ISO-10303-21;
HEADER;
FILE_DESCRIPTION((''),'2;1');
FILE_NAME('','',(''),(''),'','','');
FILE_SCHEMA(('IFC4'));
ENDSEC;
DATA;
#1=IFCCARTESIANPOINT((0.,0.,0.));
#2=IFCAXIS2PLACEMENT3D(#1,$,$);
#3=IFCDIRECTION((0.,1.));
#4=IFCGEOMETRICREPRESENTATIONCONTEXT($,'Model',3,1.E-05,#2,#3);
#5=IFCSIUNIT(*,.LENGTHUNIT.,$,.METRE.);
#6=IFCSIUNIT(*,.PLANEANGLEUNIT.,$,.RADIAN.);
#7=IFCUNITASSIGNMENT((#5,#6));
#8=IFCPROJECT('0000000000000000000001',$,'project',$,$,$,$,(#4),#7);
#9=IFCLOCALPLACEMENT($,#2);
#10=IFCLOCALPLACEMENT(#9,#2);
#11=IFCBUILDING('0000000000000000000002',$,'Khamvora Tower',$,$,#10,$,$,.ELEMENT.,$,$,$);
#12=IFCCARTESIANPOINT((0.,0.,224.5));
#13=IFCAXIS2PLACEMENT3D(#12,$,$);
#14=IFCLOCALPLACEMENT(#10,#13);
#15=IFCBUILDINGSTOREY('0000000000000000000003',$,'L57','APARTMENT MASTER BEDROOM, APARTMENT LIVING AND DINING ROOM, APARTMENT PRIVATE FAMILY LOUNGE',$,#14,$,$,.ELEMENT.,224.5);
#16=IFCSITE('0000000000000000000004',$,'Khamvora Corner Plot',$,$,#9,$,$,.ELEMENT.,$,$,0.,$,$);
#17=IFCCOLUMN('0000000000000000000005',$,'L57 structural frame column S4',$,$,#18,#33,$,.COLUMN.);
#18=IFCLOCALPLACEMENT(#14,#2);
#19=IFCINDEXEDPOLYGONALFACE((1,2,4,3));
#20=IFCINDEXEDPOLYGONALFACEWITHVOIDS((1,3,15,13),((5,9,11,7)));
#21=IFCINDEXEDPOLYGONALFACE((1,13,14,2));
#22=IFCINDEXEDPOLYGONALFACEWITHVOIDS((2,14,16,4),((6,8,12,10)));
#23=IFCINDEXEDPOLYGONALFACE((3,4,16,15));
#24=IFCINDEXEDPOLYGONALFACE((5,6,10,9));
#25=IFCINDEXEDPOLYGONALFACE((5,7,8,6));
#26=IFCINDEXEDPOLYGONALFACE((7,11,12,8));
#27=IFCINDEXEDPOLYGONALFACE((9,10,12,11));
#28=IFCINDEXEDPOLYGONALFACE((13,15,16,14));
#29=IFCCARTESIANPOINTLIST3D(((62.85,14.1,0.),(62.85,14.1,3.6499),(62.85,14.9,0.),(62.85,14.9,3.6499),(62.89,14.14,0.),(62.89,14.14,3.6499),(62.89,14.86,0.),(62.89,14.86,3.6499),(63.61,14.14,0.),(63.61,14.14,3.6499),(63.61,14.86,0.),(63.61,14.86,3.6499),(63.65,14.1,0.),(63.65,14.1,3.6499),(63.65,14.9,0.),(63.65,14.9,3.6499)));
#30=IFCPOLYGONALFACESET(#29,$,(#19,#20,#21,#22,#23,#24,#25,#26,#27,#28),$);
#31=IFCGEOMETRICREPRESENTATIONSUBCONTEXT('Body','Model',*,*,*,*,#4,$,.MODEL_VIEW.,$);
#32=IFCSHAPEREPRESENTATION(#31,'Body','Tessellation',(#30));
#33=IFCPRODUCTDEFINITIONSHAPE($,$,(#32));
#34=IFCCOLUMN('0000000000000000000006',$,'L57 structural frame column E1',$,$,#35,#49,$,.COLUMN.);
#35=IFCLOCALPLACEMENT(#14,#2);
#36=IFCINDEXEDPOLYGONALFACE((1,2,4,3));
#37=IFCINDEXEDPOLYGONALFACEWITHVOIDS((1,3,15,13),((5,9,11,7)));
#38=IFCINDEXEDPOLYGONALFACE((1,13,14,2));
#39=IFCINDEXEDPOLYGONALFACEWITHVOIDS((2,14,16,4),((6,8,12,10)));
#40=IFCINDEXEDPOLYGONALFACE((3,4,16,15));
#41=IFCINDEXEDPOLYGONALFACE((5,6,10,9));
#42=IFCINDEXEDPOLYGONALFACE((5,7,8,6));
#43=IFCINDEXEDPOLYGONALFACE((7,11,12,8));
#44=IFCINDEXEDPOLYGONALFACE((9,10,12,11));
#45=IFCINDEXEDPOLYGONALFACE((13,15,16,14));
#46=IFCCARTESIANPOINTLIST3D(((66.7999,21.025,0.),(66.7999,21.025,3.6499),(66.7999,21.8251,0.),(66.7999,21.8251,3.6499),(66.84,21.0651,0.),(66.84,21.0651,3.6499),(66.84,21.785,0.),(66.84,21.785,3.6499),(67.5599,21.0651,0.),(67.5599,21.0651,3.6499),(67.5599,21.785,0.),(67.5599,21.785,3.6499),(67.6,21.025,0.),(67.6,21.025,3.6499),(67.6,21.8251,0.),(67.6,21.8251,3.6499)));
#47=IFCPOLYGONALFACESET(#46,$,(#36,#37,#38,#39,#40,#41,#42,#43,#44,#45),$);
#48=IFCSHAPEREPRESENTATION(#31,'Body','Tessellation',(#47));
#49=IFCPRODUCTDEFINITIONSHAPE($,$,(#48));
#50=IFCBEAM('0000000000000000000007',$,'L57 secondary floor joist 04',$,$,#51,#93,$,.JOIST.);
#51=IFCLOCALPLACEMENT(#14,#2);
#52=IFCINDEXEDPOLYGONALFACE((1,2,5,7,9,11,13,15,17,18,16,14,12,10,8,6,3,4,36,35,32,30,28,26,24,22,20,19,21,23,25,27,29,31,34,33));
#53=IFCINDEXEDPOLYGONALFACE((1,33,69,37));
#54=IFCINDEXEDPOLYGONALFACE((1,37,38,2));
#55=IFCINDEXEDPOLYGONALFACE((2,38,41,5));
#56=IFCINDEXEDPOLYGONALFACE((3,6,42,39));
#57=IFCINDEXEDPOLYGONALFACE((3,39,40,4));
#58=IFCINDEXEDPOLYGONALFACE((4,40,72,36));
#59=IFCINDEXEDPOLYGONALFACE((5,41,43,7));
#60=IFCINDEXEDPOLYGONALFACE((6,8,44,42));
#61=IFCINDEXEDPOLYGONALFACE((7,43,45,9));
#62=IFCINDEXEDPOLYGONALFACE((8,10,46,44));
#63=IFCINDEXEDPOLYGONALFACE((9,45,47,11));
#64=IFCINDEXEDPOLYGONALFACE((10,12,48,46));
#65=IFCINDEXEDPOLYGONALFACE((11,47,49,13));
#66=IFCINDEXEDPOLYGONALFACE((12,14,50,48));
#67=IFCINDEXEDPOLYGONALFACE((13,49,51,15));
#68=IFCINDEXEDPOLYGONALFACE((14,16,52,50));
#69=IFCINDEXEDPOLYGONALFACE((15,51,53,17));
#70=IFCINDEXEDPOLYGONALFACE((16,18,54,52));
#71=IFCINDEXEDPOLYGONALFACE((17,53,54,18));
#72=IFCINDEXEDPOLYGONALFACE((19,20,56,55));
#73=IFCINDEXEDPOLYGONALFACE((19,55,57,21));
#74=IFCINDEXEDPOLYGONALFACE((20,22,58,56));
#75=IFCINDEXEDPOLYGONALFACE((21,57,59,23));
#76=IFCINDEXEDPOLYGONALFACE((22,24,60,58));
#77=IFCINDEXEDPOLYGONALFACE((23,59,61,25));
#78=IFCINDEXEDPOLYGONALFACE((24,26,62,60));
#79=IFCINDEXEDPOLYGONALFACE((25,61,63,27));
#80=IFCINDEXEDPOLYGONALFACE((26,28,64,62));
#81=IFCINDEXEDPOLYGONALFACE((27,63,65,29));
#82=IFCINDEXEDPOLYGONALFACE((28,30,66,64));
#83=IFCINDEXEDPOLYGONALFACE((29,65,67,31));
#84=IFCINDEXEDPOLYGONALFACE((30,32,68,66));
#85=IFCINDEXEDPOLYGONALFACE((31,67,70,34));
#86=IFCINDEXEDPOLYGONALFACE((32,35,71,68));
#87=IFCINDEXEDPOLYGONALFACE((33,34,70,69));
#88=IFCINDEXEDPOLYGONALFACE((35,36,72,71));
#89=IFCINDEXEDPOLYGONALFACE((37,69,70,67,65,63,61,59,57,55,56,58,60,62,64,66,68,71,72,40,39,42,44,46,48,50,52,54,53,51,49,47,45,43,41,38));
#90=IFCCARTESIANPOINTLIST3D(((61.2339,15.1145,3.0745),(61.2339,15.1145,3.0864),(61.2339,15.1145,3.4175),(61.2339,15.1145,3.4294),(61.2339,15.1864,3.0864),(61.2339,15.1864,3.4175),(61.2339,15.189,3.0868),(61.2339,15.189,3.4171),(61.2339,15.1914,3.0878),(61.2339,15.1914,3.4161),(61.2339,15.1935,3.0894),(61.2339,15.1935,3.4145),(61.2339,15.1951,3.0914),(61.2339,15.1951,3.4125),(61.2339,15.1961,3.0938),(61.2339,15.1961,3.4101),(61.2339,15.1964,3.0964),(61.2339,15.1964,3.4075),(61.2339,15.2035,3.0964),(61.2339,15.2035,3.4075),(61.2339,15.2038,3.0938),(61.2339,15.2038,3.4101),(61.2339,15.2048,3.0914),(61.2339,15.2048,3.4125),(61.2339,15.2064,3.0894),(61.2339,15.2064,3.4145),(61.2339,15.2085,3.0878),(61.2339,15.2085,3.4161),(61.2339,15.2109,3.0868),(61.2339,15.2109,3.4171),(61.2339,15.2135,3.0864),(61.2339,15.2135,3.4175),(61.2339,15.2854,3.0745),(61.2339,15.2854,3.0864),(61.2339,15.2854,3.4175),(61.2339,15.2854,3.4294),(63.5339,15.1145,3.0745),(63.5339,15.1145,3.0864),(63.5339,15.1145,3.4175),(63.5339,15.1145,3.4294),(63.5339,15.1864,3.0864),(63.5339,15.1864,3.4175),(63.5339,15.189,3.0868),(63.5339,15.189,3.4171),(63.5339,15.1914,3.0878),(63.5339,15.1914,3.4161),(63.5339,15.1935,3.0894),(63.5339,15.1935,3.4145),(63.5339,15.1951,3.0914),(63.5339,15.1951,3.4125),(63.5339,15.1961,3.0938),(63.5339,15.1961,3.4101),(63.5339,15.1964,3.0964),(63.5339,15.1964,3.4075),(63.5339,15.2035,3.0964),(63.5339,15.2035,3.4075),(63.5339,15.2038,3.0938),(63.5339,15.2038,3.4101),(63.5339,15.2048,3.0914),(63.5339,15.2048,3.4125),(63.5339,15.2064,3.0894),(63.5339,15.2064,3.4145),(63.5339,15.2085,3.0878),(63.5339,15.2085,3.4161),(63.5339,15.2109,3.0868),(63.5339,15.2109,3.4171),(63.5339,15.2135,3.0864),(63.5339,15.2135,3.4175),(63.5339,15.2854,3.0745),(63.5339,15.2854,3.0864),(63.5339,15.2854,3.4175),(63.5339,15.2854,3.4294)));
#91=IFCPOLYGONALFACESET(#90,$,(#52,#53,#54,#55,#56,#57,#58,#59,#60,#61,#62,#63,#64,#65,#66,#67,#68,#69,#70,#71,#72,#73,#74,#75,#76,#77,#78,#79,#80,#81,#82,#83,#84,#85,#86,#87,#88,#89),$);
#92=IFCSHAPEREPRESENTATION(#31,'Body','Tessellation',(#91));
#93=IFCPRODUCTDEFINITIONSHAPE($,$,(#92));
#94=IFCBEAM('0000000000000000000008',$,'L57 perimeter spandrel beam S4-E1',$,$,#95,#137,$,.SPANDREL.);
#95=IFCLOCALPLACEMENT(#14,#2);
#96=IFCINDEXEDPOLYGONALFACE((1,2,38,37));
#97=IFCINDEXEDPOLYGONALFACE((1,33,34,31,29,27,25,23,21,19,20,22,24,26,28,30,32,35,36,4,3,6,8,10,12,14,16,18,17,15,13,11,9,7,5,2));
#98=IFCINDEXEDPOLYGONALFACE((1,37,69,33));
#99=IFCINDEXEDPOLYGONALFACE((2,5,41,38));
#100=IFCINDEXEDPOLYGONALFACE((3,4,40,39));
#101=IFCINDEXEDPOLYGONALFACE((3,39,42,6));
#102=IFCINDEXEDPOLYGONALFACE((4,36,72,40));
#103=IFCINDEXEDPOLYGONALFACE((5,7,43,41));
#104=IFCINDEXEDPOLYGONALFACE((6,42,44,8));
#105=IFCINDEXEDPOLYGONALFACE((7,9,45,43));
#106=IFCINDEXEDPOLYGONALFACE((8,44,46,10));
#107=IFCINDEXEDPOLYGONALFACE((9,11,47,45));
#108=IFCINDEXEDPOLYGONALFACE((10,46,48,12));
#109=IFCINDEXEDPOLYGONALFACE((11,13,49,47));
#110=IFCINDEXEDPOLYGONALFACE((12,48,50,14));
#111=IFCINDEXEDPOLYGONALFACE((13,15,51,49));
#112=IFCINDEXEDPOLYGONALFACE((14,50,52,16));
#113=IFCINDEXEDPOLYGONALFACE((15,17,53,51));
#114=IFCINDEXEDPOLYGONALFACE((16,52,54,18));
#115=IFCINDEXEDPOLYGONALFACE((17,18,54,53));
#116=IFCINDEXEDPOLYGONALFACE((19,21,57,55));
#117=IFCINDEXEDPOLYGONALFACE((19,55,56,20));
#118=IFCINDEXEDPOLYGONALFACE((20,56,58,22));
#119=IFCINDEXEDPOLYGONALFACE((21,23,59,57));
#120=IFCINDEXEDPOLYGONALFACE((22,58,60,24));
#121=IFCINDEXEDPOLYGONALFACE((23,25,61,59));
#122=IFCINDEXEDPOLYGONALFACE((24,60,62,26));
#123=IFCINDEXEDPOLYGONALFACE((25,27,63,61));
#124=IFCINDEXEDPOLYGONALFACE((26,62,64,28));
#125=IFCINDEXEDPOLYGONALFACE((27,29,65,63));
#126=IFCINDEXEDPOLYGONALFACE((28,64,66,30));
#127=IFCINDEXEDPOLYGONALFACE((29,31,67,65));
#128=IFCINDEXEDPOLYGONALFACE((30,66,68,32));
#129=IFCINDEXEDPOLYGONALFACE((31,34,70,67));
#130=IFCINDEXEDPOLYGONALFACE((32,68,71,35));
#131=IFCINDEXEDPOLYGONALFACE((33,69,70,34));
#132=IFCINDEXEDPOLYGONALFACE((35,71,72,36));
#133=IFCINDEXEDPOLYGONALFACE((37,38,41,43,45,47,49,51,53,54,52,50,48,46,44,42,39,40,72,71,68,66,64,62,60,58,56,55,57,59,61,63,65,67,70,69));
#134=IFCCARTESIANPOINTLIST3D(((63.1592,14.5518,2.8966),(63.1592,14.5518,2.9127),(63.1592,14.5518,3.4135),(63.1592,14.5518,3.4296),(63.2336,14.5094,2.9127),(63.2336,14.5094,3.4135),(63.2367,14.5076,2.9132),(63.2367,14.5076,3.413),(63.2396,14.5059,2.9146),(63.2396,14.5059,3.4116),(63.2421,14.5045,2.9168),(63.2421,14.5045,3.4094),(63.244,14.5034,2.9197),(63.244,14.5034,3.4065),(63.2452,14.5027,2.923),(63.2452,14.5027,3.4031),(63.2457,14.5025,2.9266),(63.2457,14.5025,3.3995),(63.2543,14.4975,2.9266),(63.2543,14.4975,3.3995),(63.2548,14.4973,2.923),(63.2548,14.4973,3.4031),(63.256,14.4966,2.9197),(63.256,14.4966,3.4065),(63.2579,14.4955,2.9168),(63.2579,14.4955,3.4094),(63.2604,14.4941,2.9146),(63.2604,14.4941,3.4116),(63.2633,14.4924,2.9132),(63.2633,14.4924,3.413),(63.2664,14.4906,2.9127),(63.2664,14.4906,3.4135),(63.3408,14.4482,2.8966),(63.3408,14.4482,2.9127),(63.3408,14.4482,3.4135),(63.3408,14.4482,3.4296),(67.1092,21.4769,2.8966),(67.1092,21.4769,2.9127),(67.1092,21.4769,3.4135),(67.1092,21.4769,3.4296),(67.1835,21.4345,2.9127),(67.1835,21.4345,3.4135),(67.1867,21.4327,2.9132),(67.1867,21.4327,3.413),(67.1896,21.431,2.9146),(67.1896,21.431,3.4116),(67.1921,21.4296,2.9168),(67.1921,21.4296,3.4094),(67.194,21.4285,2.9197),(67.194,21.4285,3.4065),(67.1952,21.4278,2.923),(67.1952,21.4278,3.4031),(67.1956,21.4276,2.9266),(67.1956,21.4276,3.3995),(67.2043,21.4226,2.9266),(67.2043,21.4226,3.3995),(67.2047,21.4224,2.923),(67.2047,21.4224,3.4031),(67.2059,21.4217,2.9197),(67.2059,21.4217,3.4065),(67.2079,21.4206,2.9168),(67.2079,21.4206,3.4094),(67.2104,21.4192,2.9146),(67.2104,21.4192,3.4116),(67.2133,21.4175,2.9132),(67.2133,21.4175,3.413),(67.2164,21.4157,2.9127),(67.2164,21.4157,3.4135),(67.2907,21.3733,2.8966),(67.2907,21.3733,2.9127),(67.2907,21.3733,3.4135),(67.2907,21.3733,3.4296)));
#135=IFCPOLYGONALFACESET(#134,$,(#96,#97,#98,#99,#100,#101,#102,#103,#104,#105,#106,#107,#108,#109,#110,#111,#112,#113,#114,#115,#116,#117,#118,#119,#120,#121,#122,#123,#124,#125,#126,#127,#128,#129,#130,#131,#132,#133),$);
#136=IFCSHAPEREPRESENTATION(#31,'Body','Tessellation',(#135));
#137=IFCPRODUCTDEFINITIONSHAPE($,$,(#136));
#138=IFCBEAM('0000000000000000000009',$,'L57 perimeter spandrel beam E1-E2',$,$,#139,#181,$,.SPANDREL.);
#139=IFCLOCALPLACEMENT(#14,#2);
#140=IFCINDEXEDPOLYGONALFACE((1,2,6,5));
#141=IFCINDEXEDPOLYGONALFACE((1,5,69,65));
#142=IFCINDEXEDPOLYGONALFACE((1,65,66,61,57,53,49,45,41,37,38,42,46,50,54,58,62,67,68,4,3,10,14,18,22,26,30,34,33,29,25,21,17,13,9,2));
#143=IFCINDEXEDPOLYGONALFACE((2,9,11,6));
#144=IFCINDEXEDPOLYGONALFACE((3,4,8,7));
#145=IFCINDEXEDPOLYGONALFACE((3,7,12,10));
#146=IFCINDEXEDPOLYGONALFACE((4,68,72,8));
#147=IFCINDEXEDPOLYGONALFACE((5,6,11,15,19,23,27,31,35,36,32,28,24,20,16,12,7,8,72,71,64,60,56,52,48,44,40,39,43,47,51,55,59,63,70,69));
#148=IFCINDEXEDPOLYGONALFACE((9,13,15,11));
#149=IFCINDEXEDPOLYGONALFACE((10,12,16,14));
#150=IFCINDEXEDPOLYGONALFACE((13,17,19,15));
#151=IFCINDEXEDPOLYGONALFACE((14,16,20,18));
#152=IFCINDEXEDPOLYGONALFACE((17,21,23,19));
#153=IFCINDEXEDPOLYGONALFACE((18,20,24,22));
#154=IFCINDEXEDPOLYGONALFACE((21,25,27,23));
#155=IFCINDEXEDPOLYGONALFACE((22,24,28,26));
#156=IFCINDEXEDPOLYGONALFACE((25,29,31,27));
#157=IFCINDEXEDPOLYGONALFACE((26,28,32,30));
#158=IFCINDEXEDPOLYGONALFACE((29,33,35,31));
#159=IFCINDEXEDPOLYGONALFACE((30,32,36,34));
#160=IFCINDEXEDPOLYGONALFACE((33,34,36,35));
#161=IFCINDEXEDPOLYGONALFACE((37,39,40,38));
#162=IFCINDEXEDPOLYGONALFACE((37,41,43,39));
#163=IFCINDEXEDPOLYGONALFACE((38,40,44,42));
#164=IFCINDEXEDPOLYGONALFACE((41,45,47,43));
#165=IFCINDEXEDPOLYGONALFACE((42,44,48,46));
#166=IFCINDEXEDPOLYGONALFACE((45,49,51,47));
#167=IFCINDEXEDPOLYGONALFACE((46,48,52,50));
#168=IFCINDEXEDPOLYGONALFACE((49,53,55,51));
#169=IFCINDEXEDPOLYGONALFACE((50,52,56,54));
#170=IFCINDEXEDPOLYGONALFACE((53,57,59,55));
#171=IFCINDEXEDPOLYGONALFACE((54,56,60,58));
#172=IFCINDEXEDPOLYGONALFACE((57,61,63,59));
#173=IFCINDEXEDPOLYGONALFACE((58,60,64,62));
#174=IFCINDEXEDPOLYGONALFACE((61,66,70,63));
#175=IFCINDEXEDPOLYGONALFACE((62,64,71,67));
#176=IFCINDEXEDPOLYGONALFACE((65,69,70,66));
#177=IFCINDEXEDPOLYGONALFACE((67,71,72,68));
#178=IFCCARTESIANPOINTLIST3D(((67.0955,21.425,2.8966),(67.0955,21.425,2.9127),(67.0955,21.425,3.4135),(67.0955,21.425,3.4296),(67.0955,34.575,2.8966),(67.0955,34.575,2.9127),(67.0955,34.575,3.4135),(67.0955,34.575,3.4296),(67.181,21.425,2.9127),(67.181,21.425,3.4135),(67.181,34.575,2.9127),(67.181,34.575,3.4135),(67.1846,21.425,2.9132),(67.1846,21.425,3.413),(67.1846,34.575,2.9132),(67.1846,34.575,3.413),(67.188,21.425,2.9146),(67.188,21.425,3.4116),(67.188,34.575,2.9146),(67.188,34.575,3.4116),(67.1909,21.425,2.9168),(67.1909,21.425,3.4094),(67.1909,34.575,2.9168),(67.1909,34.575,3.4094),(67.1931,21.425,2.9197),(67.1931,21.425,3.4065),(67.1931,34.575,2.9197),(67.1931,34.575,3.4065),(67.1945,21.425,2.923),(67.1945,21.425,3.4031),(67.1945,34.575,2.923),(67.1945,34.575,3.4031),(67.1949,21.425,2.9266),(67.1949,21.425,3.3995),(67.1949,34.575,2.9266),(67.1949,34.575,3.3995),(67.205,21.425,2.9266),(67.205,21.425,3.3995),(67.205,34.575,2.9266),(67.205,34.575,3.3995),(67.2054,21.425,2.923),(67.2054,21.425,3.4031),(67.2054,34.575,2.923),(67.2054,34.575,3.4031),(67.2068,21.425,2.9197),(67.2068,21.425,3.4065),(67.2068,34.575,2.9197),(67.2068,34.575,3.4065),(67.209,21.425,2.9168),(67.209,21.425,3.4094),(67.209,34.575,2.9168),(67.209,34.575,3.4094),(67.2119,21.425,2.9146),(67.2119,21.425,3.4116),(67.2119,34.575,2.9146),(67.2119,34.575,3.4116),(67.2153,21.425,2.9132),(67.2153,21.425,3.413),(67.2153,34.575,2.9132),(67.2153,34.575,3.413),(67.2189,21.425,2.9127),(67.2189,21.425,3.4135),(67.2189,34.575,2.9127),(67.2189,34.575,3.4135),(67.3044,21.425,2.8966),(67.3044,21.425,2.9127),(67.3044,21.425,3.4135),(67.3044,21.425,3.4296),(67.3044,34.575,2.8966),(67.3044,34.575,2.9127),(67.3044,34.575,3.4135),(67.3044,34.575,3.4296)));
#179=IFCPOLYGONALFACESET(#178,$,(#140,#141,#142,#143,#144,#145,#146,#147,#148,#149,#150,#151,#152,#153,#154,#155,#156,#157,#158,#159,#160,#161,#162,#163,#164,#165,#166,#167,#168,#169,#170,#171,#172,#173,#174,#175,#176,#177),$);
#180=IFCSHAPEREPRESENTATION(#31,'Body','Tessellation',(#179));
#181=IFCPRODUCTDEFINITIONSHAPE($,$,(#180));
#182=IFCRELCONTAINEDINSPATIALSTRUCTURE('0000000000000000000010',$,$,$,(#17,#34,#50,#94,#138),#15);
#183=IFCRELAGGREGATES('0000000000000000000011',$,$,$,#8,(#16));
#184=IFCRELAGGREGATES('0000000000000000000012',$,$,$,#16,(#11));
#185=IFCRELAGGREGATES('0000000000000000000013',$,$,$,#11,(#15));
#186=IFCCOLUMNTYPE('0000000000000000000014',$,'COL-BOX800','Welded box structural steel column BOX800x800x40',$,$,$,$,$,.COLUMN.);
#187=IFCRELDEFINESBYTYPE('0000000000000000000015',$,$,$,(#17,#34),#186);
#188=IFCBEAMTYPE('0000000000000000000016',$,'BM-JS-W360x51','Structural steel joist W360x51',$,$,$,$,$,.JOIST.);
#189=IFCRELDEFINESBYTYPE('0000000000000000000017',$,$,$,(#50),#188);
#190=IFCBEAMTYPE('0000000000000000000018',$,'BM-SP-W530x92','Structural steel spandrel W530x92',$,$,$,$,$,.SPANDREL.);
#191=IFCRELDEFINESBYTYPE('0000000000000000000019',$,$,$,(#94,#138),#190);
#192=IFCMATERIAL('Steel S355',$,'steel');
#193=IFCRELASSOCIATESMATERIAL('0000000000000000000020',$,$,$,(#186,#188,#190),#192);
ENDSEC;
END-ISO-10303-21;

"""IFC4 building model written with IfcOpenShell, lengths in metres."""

from ifc_helpers import new_model, si_unit, direction, frame, origin, origin_2d, place, context, subcontext, project, spatial, hollow_rectangle, i_section, extrude, material, material_profile, profile_set, type_object, element, save


model = new_model("IFC4")

# Units and contexts
model_context = context("Model", 3, precision=1e-05, world=origin(), true_north=direction((0.0, 1.0)))
body_context = subcontext(model_context, "Body", "Model", "MODEL_VIEW")
ifc_project = project(units=[si_unit("LENGTHUNIT", "METRE"), si_unit("PLANEANGLEUNIT", "RADIAN")], contexts=[model_context])

# Site, building, storey
site_placement = place(None, origin())
site = spatial("IfcSite", under=ifc_project, at=site_placement, Name="Khamvora Corner Plot", CompositionType="ELEMENT", RefElevation=0.0)
building_placement = place(site_placement, origin())
building = spatial("IfcBuilding", under=site, at=building_placement, Name="Khamvora Tower", CompositionType="ELEMENT")
storey_placement = place(building_placement, frame((0.0, 0.0, 224.5)))
storey = spatial("IfcBuildingStorey", under=building, at=storey_placement, Name="L57", Description="APARTMENT MASTER BEDROOM, APARTMENT LIVING AND DINING ROOM, APARTMENT PRIVATE FAMILY LOUNGE", CompositionType="ELEMENT", Elevation=224.5)

# Columns
ifc_material_1 = material(Name="Steel S355", Category="steel")
ifc_material_profile_1 = material_profile(ifc_material_1, hollow_rectangle(XDim=0.8, YDim=0.8, WallThickness=0.04, at=origin_2d()), Name="BOX800x800x40")
ifc_profile_set_1 = profile_set([ifc_material_profile_1], Name="Steel S355")
column_type = type_object("IfcColumnType", Name="COL-BOX800", Description="Welded box structural steel column BOX800x800x40", PredefinedType="COLUMN", material=ifc_profile_set_1)
for number, where, z_axis, x_axis, name in (
    (1, (63.25, 14.5, 0.0), (0.0, 0.0, 1.0), (1.0, 0.0, 0.0), "L57 structural frame column S4"),
    (2, (67.2, 21.425, 0.0), (0.0, 0.0, 1.0), (1.0, 0.0, 0.0), "L57 structural frame column E1"),
):
    element("IfcColumn", number, at=place(storey_placement, frame(where, z_axis=z_axis, x_axis=x_axis)), inside=storey, type_object=column_type, Name=name, PredefinedType="COLUMN", context=body_context, shape_type="SweptSolid", body=[
        extrude(hollow_rectangle(XDim=0.8, YDim=0.8, WallThickness=0.04, at=origin_2d()), origin(), (0.0, 0.0, 1.0), 3.6499),
    ])

# Beams
ifc_material_profile_2 = material_profile(ifc_material_1, i_section(OverallWidth=0.1709, OverallDepth=0.355, WebThickness=0.0071, FlangeThickness=0.012, FilletRadius=0.01, at=origin_2d()), Name="W360x51")
ifc_profile_set_2 = profile_set([ifc_material_profile_2], Name="Steel S355")
beam_type_1 = type_object("IfcBeamType", Name="BM-JS-W360x51", Description="Structural steel joist W360x51", PredefinedType="JOIST", material=ifc_profile_set_2)
beam_1_placement = place(storey_placement, frame((61.2339, 15.2, 3.252), z_axis=(1.0, 0.0, 0.0), x_axis=(0.0, 1.0, 0.0)))
element("IfcBeam", 3, at=beam_1_placement, inside=storey, type_object=beam_type_1, Name="L57 secondary floor joist 04", PredefinedType="JOIST", context=body_context, shape_type="SweptSolid", body=[
    extrude(i_section(OverallWidth=0.1709, OverallDepth=0.355, WebThickness=0.0071, FlangeThickness=0.012, FilletRadius=0.01, at=origin_2d()), origin(), (0.0, 0.0, 1.0), 2.3),
])
ifc_material_profile_3 = material_profile(ifc_material_1, i_section(OverallWidth=0.209, OverallDepth=0.533, WebThickness=0.01, FlangeThickness=0.0161, FilletRadius=0.0139, at=origin_2d()), Name="W530x92")
ifc_profile_set_3 = profile_set([ifc_material_profile_3], Name="Steel S355")
beam_type_2 = type_object("IfcBeamType", Name="BM-SP-W530x92", Description="Structural steel spandrel W530x92", PredefinedType="SPANDREL", material=ifc_profile_set_3)
beam_2_placement = place(storey_placement, frame((63.25, 14.5, 3.1631), z_axis=(0.495456, 0.868633, 0.0), x_axis=(-0.868633, 0.495456, 0.0)))
element("IfcBeam", 4, at=beam_2_placement, inside=storey, type_object=beam_type_2, Name="L57 perimeter spandrel beam S4-E1", PredefinedType="SPANDREL", context=body_context, shape_type="SweptSolid", body=[
    extrude(i_section(OverallWidth=0.209, OverallDepth=0.533, WebThickness=0.01, FlangeThickness=0.0161, FilletRadius=0.0139, at=origin_2d()), origin(), (0.0, 0.0, 1.0), 7.9724),
])
beam_3_placement = place(storey_placement, frame((67.2, 21.425, 3.1631), z_axis=(0.0, 1.0, 0.0), x_axis=(-1.0, 0.0, 0.0)))
element("IfcBeam", 5, at=beam_3_placement, inside=storey, type_object=beam_type_2, Name="L57 perimeter spandrel beam E1-E2", PredefinedType="SPANDREL", context=body_context, shape_type="SweptSolid", body=[
    extrude(i_section(OverallWidth=0.209, OverallDepth=0.533, WebThickness=0.01, FlangeThickness=0.0161, FilletRadius=0.0139, at=origin_2d()), origin(), (0.0, 0.0, 1.0), 13.1499),
])

save(model, "model.ifc")
